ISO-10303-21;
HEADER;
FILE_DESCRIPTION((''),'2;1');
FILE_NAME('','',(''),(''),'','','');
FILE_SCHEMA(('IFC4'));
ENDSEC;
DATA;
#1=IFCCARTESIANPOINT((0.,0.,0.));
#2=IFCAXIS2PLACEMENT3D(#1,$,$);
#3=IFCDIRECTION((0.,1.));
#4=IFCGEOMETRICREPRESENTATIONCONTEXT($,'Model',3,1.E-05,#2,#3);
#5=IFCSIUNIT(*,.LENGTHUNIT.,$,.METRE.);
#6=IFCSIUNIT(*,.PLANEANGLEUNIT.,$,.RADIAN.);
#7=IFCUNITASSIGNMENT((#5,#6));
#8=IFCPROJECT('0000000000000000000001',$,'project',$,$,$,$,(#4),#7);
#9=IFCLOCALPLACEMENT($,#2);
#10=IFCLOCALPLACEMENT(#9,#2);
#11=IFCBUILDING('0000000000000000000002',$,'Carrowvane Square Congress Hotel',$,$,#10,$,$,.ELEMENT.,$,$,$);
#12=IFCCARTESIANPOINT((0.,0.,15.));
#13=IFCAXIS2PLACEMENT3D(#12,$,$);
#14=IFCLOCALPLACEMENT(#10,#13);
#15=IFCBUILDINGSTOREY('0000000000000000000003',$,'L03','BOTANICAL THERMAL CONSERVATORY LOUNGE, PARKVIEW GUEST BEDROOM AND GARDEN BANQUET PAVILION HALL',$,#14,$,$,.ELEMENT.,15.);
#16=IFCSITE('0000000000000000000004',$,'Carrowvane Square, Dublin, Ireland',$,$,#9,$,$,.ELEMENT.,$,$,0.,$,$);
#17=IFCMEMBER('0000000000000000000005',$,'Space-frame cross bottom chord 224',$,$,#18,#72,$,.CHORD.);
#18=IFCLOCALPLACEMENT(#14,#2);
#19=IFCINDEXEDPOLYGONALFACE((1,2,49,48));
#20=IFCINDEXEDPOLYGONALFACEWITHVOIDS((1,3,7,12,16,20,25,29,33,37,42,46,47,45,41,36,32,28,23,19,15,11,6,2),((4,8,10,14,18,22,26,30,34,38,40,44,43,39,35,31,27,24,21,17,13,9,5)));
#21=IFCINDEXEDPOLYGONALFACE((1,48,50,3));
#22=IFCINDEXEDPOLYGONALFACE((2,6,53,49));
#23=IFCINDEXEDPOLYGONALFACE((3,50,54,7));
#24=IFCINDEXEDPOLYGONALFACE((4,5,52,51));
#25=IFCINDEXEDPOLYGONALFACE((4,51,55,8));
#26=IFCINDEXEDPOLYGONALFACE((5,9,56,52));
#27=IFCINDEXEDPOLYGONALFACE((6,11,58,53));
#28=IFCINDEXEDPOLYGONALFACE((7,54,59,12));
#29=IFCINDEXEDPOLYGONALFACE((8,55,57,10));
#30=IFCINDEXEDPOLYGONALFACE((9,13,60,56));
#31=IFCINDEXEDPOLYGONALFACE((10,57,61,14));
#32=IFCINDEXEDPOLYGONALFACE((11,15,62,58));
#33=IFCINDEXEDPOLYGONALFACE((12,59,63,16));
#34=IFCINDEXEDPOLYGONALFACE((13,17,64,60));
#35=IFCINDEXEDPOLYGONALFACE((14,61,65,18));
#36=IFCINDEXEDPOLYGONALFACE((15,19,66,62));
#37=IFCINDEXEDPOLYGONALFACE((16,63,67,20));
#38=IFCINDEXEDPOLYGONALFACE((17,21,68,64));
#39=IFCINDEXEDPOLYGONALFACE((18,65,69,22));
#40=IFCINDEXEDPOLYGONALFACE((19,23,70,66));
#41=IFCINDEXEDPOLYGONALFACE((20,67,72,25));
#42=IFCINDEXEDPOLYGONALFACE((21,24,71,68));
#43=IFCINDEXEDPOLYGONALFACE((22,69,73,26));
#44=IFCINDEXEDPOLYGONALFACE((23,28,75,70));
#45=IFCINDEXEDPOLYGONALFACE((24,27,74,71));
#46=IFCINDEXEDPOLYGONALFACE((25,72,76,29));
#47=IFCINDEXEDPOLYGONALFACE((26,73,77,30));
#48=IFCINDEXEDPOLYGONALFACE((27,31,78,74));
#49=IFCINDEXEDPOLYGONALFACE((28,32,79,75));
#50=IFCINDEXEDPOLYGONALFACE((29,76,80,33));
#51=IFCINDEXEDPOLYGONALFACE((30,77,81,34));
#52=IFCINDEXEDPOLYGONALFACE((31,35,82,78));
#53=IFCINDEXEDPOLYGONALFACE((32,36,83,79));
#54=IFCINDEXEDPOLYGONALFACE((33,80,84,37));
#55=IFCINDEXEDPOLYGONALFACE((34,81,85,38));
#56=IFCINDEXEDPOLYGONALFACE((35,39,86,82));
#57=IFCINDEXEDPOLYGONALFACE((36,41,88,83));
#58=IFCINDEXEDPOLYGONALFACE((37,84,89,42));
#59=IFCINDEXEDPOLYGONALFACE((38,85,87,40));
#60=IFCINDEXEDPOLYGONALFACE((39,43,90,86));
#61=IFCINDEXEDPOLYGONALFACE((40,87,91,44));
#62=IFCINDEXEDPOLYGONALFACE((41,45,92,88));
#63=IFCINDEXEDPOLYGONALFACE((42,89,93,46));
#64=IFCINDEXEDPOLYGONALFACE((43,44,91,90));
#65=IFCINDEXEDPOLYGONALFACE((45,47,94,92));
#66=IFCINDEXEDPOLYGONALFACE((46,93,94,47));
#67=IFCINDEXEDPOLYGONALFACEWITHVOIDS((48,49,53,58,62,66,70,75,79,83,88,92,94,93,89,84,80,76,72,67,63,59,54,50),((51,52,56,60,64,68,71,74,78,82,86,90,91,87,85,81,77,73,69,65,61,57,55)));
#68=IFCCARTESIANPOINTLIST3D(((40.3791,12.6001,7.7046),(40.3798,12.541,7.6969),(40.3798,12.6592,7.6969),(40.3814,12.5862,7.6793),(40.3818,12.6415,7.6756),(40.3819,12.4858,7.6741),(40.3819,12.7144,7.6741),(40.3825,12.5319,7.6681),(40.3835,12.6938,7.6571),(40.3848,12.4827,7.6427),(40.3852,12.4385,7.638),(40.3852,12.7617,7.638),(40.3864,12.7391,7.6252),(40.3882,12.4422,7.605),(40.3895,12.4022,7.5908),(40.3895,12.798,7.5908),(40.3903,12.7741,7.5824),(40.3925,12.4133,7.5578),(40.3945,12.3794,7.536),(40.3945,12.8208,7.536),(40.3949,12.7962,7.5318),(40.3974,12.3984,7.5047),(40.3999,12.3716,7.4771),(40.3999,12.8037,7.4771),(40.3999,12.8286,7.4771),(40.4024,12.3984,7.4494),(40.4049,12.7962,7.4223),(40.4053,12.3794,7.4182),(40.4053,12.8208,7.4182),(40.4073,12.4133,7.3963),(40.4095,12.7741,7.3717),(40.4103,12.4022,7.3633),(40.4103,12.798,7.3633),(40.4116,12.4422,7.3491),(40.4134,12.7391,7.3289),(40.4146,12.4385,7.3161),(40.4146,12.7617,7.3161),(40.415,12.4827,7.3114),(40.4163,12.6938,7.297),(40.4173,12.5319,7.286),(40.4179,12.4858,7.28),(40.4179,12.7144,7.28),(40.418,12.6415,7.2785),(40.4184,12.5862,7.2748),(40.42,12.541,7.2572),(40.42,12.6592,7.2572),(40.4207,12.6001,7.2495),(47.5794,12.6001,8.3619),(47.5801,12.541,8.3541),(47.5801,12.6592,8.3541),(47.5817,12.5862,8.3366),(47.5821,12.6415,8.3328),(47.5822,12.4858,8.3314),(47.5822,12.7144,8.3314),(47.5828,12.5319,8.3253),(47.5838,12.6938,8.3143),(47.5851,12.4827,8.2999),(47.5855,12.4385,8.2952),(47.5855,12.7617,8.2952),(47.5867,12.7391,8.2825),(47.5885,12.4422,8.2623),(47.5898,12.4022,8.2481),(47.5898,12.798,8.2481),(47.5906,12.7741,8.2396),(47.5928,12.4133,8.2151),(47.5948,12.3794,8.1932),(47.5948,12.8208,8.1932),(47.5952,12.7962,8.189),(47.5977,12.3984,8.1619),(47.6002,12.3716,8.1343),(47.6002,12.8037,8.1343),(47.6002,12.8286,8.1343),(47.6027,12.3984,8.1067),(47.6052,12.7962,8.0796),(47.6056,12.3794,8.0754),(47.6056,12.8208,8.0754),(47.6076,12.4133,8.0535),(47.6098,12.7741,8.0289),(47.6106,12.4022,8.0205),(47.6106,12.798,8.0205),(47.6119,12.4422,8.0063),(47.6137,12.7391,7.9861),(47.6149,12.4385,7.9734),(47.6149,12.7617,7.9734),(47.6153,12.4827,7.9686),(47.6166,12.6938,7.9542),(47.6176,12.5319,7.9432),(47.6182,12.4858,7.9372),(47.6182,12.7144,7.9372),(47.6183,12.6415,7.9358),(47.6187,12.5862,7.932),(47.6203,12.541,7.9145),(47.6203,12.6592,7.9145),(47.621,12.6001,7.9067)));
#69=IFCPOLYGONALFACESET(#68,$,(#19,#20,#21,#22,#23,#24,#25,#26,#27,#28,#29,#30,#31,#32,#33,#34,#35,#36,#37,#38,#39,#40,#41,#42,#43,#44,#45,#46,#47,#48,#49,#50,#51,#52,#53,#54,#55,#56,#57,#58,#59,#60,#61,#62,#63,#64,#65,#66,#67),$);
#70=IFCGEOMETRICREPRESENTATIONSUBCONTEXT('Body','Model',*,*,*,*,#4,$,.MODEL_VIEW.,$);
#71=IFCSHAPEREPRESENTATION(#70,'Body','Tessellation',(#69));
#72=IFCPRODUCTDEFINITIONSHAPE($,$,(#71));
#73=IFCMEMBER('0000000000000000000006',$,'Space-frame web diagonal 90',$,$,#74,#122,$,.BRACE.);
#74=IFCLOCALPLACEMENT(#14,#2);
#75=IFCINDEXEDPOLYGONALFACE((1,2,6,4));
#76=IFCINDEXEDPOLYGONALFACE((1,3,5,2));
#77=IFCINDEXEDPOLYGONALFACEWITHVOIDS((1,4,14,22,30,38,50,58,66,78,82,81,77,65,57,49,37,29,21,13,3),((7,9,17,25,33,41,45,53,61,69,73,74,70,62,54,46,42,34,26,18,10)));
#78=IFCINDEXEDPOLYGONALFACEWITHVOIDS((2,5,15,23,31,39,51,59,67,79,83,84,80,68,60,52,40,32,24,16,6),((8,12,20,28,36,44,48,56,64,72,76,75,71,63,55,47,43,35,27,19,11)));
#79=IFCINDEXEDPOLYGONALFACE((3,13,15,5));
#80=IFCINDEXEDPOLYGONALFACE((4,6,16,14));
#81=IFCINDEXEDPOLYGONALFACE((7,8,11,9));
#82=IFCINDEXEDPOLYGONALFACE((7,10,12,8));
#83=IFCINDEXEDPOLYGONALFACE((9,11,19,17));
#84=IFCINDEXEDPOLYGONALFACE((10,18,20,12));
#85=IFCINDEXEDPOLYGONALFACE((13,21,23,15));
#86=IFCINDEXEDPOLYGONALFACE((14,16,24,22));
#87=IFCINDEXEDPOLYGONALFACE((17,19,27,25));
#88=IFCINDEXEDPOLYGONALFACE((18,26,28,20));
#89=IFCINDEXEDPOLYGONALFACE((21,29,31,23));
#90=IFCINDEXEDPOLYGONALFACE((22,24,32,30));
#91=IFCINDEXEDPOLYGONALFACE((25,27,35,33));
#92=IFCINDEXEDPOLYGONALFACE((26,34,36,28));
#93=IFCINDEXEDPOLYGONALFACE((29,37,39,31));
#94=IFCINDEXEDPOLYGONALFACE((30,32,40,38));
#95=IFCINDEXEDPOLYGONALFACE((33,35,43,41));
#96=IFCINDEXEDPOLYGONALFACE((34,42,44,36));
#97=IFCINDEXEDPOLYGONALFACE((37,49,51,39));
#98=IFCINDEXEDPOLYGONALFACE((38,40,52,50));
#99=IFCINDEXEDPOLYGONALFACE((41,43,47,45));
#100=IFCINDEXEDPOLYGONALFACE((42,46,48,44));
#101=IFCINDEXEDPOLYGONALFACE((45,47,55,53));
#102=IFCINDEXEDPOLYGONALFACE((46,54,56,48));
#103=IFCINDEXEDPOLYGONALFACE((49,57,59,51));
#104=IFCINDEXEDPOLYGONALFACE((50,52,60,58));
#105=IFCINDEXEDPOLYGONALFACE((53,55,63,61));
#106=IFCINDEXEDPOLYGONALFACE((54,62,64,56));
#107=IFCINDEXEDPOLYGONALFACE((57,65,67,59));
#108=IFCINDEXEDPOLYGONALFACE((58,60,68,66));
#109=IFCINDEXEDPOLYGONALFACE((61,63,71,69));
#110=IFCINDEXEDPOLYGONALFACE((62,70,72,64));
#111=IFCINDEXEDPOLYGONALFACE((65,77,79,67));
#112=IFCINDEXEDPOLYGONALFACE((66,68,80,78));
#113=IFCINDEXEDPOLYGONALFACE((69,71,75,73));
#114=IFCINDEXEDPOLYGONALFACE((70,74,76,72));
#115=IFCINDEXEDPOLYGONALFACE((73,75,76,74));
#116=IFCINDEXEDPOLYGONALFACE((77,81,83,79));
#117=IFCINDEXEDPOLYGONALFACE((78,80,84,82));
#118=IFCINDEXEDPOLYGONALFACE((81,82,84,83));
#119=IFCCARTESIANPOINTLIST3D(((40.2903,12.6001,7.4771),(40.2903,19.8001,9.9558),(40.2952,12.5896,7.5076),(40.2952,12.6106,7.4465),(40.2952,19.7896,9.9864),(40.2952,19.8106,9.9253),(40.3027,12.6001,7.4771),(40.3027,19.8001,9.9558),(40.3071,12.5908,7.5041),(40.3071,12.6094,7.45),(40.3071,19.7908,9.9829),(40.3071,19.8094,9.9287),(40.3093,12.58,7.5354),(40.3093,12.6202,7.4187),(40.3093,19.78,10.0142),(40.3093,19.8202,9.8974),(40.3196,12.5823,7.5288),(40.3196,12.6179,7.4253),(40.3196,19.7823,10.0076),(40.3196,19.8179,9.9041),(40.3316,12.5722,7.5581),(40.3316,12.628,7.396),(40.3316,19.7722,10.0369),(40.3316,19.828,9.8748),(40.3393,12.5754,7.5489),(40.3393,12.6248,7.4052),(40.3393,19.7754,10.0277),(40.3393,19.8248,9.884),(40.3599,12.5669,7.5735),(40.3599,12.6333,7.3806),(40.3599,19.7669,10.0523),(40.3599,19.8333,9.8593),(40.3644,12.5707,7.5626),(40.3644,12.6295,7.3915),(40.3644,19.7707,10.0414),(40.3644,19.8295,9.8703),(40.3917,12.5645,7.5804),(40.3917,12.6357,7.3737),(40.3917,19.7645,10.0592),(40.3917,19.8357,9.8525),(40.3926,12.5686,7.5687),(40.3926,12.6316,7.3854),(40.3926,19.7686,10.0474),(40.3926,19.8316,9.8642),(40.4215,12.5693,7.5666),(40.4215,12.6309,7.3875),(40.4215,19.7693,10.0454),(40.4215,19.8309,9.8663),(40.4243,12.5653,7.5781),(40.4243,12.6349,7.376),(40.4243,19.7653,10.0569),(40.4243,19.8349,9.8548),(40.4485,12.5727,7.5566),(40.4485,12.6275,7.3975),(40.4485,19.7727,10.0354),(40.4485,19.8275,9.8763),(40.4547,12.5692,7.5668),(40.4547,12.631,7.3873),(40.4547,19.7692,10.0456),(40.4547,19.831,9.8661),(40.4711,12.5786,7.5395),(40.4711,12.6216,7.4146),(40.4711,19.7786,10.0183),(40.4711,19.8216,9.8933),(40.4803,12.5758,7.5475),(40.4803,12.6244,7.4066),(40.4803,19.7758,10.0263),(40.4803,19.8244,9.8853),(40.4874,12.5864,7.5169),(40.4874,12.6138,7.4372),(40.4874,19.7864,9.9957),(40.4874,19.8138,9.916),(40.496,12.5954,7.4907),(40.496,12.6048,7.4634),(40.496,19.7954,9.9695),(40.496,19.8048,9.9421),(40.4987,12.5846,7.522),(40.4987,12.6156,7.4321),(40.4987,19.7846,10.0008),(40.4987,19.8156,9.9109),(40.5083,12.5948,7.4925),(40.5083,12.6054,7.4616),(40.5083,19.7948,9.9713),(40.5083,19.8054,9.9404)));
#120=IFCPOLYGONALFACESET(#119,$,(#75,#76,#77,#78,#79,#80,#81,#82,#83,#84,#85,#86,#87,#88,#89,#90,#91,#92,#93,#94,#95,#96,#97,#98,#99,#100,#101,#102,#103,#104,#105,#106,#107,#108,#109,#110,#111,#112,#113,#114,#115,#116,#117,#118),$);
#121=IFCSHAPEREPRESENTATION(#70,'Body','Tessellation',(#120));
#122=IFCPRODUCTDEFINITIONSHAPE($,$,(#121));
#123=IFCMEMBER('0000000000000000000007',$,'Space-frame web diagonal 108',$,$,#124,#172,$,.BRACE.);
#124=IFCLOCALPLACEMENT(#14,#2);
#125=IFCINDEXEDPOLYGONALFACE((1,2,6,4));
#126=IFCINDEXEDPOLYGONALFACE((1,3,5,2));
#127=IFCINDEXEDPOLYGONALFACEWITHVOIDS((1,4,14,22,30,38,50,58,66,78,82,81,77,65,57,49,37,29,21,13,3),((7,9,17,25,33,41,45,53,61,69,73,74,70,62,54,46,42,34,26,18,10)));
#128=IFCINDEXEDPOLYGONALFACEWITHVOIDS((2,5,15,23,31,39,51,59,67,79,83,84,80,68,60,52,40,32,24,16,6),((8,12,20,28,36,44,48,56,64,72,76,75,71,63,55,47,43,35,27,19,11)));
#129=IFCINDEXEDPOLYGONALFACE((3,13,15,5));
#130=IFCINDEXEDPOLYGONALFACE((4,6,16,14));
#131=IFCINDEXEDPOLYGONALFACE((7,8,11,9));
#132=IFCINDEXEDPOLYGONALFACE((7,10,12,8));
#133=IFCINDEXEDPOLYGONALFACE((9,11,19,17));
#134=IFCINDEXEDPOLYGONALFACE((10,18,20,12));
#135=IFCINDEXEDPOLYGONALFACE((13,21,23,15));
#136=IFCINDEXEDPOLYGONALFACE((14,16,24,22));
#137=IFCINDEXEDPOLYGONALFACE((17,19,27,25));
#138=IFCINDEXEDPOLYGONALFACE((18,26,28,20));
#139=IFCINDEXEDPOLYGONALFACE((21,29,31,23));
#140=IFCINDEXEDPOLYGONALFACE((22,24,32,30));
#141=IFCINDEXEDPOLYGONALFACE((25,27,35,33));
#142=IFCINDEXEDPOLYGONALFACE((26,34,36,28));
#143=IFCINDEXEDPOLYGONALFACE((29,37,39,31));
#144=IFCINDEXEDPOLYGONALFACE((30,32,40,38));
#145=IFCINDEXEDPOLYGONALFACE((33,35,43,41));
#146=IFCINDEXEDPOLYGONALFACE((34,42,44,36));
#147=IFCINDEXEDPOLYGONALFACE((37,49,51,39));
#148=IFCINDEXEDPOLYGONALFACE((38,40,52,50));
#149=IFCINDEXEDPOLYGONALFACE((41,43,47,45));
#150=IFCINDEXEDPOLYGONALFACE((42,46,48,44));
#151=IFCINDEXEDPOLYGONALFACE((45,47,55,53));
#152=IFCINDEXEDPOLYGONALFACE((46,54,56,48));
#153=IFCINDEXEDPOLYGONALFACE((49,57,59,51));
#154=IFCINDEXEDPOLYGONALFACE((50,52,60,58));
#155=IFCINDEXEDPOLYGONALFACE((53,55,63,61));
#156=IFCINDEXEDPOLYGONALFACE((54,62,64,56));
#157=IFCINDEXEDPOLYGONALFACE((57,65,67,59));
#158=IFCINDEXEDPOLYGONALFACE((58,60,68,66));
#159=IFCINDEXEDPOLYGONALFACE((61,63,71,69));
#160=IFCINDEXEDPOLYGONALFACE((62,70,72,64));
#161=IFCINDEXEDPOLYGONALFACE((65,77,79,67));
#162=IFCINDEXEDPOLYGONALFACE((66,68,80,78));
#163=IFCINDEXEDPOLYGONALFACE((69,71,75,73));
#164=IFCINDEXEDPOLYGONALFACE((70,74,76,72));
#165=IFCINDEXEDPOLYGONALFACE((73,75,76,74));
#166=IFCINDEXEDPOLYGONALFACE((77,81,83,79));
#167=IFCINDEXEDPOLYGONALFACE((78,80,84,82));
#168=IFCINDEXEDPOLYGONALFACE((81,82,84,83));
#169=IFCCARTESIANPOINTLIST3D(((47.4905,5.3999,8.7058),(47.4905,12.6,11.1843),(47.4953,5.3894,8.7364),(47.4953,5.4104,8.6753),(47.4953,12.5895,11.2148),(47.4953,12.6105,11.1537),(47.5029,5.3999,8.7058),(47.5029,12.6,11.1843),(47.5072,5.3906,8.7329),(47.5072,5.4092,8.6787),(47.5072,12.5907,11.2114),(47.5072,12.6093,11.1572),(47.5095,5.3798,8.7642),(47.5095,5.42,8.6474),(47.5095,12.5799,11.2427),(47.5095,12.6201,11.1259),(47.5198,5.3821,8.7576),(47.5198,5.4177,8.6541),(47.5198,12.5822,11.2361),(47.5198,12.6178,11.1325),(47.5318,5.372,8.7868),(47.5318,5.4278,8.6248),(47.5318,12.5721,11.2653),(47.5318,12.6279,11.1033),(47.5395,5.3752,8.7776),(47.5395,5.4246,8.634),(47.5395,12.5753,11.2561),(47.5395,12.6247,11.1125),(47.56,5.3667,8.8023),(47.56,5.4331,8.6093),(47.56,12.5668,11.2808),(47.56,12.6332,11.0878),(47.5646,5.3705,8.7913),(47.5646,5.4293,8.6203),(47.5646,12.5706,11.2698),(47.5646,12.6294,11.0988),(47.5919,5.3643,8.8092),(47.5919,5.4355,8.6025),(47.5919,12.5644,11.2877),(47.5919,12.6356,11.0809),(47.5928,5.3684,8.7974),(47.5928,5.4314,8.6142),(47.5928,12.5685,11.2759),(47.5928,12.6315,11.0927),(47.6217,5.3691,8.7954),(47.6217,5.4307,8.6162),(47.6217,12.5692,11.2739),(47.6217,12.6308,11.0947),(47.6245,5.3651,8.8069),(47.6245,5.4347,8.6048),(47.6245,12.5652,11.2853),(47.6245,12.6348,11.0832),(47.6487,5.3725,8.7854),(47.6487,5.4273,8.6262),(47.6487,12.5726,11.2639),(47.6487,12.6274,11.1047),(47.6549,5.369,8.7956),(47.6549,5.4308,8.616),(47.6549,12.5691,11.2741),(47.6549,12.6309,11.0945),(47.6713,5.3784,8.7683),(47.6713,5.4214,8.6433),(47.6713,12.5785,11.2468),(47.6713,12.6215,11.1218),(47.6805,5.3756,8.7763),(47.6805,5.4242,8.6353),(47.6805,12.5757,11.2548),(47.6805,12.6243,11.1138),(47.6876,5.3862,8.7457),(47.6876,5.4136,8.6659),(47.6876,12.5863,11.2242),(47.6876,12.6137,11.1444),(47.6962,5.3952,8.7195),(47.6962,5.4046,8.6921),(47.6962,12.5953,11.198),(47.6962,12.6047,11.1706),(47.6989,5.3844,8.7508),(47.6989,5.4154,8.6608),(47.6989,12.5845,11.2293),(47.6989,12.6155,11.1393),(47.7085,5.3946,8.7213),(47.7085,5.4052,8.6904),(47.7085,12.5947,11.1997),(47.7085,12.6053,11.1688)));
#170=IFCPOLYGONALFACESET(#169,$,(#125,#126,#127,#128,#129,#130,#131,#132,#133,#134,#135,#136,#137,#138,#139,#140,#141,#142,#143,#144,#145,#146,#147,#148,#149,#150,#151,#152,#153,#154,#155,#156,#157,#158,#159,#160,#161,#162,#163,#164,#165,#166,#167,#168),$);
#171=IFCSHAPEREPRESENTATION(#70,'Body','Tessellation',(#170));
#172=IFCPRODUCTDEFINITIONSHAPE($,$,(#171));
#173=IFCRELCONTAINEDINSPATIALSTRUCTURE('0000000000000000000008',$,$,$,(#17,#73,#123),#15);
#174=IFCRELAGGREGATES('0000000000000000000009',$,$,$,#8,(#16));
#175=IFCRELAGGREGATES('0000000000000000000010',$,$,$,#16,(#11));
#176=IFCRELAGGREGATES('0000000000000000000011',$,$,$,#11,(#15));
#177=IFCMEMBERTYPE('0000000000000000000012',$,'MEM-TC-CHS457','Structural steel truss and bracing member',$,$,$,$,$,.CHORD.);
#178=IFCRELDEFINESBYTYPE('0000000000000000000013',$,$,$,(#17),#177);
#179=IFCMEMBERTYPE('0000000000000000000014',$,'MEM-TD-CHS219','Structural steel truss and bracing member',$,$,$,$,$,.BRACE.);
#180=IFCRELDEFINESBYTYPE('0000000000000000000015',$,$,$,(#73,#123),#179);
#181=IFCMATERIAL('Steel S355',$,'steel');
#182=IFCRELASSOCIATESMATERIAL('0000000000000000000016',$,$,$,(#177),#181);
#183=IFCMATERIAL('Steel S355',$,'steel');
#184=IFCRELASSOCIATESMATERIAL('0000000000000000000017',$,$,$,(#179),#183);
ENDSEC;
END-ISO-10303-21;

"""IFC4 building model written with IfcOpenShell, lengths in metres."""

from ifc_helpers import new_model, si_unit, direction, frame, origin, origin_2d, place, context, subcontext, project, spatial, hollow_circle, extrude, material, material_profile, profile_set, type_object, element, save


model = new_model("IFC4")

# Units and contexts
model_context = context("Model", 3, precision=1e-05, world=origin(), true_north=direction((0.0, 1.0)))
body_context = subcontext(model_context, "Body", "Model", "MODEL_VIEW")
ifc_project = project(units=[si_unit("LENGTHUNIT", "METRE"), si_unit("PLANEANGLEUNIT", "RADIAN")], contexts=[model_context])

# Site, building, storey
site_placement = place(None, origin())
site = spatial("IfcSite", under=ifc_project, at=site_placement, Name="Carrowvane Square, Dublin, Ireland", CompositionType="ELEMENT", RefElevation=0.0)
building_placement = place(site_placement, origin())
building = spatial("IfcBuilding", under=site, at=building_placement, Name="Carrowvane Square Congress Hotel", CompositionType="ELEMENT")
storey_placement = place(building_placement, frame((0.0, 0.0, 15.0)))
storey = spatial("IfcBuildingStorey", under=building, at=storey_placement, Name="L03", Description="BOTANICAL THERMAL CONSERVATORY LOUNGE, PARKVIEW GUEST BEDROOM AND GARDEN BANQUET PAVILION HALL", CompositionType="ELEMENT", Elevation=15.0)

# Members
ifc_material_1 = material(Name="Steel S355", Category="steel")
ifc_material_profile_1 = material_profile(ifc_material_1, hollow_circle(Radius=0.2285, WallThickness=0.0249, at=origin_2d()), Name="CHS 457.0x25")
ifc_profile_set_1 = profile_set([ifc_material_profile_1], Name="Steel S355")
member_type_1 = type_object("IfcMemberType", Name="MEM-TC-CHS457", Description="Structural steel truss and bracing member", PredefinedType="CHORD", material=ifc_profile_set_1)
member_1_placement = place(storey_placement, frame((40.3999, 12.6001, 7.4771), z_axis=(0.99586, 0.0, 0.090901), x_axis=(0.0, 1.0, 0.0)))
element("IfcMember", 1, at=member_1_placement, inside=storey, type_object=member_type_1, Name="Space-frame cross bottom chord 224", PredefinedType="CHORD", context=body_context, shape_type="SweptSolid", body=[
    extrude(hollow_circle(Radius=0.2285, WallThickness=0.0249, at=origin_2d()), origin(), (0.0, 0.0, 1.0), 7.2302),
])
ifc_material_2 = material(Name="Steel S355", Category="steel")
ifc_material_profile_2 = material_profile(ifc_material_2, hollow_circle(Radius=0.1096, WallThickness=0.0125, at=origin_2d()), Name="CHS 219.1x12.5")
ifc_profile_set_2 = profile_set([ifc_material_profile_2], Name="Steel S355")
member_type_2 = type_object("IfcMemberType", Name="MEM-TD-CHS219", Description="Structural steel truss and bracing member", PredefinedType="BRACE", material=ifc_profile_set_2)
for number, where, z_axis, x_axis, name in (
    (2, (40.3999, 12.6001, 7.4771), (0.0, 0.945534, 0.325523), (-1.0, 0.0, 0.0), "Space-frame web diagonal 90"),
    (3, (47.6001, 5.3999, 8.7058), (0.0, 0.945547, 0.325485), (-1.0, 0.0, 0.0), "Space-frame web diagonal 108"),
):
    element("IfcMember", number, at=place(storey_placement, frame(where, z_axis=z_axis, x_axis=x_axis)), inside=storey, type_object=member_type_2, Name=name, PredefinedType="BRACE", context=body_context, shape_type="SweptSolid", body=[
        extrude(hollow_circle(Radius=0.1096, WallThickness=0.0125, at=origin_2d()), origin(), (0.0, 0.0, 1.0), 7.6147),
    ])

save(model, "model.ifc")
